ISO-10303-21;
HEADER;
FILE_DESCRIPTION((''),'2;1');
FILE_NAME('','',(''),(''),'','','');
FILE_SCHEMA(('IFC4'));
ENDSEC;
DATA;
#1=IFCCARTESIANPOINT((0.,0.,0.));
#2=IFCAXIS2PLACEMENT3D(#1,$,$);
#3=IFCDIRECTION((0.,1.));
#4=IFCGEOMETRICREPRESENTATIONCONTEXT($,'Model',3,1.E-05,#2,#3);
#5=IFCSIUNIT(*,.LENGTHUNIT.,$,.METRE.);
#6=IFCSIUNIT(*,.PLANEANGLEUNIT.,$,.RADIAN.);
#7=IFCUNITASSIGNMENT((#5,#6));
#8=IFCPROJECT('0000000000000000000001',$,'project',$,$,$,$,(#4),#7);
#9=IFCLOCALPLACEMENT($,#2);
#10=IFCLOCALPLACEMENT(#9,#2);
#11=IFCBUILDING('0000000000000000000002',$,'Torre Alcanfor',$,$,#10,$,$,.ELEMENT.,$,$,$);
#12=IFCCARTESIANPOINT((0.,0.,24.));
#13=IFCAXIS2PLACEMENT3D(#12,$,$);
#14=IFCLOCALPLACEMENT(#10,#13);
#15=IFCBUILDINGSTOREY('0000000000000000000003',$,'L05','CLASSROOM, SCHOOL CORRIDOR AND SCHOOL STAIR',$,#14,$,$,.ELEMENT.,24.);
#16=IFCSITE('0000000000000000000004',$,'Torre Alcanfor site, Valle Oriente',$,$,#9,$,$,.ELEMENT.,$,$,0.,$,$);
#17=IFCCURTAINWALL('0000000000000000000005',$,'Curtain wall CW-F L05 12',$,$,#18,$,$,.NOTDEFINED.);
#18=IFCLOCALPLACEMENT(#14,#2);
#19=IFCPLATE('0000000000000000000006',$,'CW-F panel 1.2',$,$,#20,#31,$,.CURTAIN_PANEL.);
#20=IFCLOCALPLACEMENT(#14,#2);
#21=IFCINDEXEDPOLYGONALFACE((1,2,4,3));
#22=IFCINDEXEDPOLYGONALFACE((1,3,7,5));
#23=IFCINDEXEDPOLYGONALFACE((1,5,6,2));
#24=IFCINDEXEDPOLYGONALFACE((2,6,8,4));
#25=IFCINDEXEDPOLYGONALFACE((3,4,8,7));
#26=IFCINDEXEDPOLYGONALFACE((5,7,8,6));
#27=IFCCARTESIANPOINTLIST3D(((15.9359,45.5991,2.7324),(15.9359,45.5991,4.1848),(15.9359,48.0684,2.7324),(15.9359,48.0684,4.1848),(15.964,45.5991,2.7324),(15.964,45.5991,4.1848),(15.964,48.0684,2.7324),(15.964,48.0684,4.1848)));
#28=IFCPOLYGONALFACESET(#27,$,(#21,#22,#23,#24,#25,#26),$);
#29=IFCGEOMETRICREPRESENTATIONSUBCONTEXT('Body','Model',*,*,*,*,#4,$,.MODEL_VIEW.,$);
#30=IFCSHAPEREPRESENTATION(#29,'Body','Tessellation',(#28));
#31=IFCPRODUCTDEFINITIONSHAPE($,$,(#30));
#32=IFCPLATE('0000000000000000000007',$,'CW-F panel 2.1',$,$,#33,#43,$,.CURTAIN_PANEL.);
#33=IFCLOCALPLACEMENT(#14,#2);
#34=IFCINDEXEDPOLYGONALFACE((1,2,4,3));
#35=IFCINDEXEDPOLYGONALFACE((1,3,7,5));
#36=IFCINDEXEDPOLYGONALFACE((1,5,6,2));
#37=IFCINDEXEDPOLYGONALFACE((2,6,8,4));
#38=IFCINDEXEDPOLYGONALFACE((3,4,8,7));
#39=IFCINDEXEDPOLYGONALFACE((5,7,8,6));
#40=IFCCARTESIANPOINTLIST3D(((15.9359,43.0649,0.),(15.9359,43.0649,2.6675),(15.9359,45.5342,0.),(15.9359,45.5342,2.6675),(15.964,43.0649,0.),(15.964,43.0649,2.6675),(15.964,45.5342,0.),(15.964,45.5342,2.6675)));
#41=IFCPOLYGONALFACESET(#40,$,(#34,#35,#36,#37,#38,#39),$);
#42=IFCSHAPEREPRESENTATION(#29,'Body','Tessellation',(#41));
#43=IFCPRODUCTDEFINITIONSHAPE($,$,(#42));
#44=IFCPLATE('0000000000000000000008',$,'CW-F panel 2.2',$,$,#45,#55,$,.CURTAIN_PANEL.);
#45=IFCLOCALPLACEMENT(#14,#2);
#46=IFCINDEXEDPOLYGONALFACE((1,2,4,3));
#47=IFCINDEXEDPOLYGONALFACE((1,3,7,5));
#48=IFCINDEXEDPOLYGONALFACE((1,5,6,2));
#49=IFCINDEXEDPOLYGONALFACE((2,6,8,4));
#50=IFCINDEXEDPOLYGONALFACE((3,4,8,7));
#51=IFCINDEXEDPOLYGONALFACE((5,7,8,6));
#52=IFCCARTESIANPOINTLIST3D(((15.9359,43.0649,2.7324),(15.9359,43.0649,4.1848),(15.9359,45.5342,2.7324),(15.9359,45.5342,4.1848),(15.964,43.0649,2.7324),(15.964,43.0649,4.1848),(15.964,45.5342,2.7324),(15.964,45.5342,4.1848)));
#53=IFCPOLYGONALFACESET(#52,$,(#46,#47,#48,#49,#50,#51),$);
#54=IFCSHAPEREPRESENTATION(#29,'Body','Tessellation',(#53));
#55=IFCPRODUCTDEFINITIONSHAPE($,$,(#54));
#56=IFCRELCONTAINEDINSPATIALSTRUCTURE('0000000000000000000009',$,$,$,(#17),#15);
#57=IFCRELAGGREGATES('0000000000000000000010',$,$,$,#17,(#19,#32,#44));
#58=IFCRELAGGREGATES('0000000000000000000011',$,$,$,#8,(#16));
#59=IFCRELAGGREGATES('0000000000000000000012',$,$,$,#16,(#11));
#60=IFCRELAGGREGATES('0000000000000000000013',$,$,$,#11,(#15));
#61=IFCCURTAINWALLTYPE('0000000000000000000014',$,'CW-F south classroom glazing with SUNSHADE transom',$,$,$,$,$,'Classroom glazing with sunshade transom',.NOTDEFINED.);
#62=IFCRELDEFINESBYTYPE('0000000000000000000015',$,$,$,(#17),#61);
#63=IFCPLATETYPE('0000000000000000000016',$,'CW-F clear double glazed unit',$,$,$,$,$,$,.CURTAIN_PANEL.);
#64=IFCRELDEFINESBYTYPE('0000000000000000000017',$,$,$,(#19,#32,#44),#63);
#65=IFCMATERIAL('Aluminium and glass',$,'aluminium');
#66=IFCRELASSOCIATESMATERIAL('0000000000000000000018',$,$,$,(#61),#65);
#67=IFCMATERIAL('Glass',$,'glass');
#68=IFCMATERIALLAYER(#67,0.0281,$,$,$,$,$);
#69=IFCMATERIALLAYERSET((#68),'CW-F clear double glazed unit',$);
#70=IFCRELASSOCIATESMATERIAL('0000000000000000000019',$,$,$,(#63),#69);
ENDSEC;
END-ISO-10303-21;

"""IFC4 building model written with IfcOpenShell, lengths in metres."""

from ifc_helpers import new_model, si_unit, direction, frame, origin, origin_2d, place, context, subcontext, project, spatial, rectangle, extrude, material, layer, layer_set, type_object, element, aggregate, save


model = new_model("IFC4")

# Units and contexts
model_context = context("Model", 3, precision=1e-05, world=origin(), true_north=direction((0.0, 1.0)))
body_context = subcontext(model_context, "Body", "Model", "MODEL_VIEW")
ifc_project = project(units=[si_unit("LENGTHUNIT", "METRE"), si_unit("PLANEANGLEUNIT", "RADIAN")], contexts=[model_context])

# Site, building, storey
site_placement = place(None, origin())
site = spatial("IfcSite", under=ifc_project, at=site_placement, Name="Torre Alcanfor site, Valle Oriente", CompositionType="ELEMENT", RefElevation=0.0)
building_placement = place(site_placement, origin())
building = spatial("IfcBuilding", under=site, at=building_placement, Name="Torre Alcanfor", CompositionType="ELEMENT")
storey_placement = place(building_placement, frame((0.0, 0.0, 24.0)))
storey = spatial("IfcBuildingStorey", under=building, at=storey_placement, Name="L05", Description="CLASSROOM, SCHOOL CORRIDOR AND SCHOOL STAIR", CompositionType="ELEMENT", Elevation=24.0)

# Curtain wall
ifc_material_1 = material(Name="Aluminium and glass", Category="aluminium")
curtain_wall_type = type_object("IfcCurtainWallType", Name="CW-F south classroom glazing with SUNSHADE transom", ElementType="Classroom glazing with sunshade transom", PredefinedType="NOTDEFINED", material=ifc_material_1)
curtain_wall_1_placement = place(storey_placement, origin())
curtain_wall_1 = element("IfcCurtainWall", 1, at=curtain_wall_1_placement, inside=storey, type_object=curtain_wall_type, Name="Curtain wall CW-F L05 12", PredefinedType="NOTDEFINED")

# Plates
ifc_material_2 = material(Name="Glass", Category="glass")
ifc_layer_1 = layer(ifc_material_2, 0.0281)
ifc_layer_set_1 = layer_set([ifc_layer_1], Name="CW-F clear double glazed unit")
plate_type = type_object("IfcPlateType", Name="CW-F clear double glazed unit", PredefinedType="CURTAIN_PANEL", material=ifc_layer_set_1)
plate_1_placement = place(storey_placement, frame((15.95, 46.8337, 2.7324), z_axis=(0.0, 0.0, 1.0), x_axis=(0.0, -1.0, 0.0)))
plate_1 = element("IfcPlate", 2, at=plate_1_placement, type_object=plate_type, Name="CW-F panel 1.2", PredefinedType="CURTAIN_PANEL", context=body_context, shape_type="SweptSolid", body=[
    extrude(rectangle(XDim=2.4692, YDim=0.0281, at=origin_2d()), origin(), (0.0, 0.0, 1.0), 1.4524),
])
plate_2_placement = place(storey_placement, frame((15.95, 44.2996, 0.0), z_axis=(0.0, 0.0, 1.0), x_axis=(0.0, -1.0, 0.0)))
plate_2 = element("IfcPlate", 3, at=plate_2_placement, type_object=plate_type, Name="CW-F panel 2.1", PredefinedType="CURTAIN_PANEL", context=body_context, shape_type="SweptSolid", body=[
    extrude(rectangle(XDim=2.4692, YDim=0.0281, at=origin_2d()), origin(), (0.0, 0.0, 1.0), 2.6675),
])
plate_3_placement = place(storey_placement, frame((15.95, 44.2996, 2.7324), z_axis=(0.0, 0.0, 1.0), x_axis=(0.0, -1.0, 0.0)))
plate_3 = element("IfcPlate", 4, at=plate_3_placement, type_object=plate_type, Name="CW-F panel 2.2", PredefinedType="CURTAIN_PANEL", context=body_context, shape_type="SweptSolid", body=[
    extrude(rectangle(XDim=2.4692, YDim=0.0281, at=origin_2d()), origin(), (0.0, 0.0, 1.0), 1.4524),
])
aggregate(curtain_wall_1, [plate_1, plate_2, plate_3])

save(model, "model.ifc")
